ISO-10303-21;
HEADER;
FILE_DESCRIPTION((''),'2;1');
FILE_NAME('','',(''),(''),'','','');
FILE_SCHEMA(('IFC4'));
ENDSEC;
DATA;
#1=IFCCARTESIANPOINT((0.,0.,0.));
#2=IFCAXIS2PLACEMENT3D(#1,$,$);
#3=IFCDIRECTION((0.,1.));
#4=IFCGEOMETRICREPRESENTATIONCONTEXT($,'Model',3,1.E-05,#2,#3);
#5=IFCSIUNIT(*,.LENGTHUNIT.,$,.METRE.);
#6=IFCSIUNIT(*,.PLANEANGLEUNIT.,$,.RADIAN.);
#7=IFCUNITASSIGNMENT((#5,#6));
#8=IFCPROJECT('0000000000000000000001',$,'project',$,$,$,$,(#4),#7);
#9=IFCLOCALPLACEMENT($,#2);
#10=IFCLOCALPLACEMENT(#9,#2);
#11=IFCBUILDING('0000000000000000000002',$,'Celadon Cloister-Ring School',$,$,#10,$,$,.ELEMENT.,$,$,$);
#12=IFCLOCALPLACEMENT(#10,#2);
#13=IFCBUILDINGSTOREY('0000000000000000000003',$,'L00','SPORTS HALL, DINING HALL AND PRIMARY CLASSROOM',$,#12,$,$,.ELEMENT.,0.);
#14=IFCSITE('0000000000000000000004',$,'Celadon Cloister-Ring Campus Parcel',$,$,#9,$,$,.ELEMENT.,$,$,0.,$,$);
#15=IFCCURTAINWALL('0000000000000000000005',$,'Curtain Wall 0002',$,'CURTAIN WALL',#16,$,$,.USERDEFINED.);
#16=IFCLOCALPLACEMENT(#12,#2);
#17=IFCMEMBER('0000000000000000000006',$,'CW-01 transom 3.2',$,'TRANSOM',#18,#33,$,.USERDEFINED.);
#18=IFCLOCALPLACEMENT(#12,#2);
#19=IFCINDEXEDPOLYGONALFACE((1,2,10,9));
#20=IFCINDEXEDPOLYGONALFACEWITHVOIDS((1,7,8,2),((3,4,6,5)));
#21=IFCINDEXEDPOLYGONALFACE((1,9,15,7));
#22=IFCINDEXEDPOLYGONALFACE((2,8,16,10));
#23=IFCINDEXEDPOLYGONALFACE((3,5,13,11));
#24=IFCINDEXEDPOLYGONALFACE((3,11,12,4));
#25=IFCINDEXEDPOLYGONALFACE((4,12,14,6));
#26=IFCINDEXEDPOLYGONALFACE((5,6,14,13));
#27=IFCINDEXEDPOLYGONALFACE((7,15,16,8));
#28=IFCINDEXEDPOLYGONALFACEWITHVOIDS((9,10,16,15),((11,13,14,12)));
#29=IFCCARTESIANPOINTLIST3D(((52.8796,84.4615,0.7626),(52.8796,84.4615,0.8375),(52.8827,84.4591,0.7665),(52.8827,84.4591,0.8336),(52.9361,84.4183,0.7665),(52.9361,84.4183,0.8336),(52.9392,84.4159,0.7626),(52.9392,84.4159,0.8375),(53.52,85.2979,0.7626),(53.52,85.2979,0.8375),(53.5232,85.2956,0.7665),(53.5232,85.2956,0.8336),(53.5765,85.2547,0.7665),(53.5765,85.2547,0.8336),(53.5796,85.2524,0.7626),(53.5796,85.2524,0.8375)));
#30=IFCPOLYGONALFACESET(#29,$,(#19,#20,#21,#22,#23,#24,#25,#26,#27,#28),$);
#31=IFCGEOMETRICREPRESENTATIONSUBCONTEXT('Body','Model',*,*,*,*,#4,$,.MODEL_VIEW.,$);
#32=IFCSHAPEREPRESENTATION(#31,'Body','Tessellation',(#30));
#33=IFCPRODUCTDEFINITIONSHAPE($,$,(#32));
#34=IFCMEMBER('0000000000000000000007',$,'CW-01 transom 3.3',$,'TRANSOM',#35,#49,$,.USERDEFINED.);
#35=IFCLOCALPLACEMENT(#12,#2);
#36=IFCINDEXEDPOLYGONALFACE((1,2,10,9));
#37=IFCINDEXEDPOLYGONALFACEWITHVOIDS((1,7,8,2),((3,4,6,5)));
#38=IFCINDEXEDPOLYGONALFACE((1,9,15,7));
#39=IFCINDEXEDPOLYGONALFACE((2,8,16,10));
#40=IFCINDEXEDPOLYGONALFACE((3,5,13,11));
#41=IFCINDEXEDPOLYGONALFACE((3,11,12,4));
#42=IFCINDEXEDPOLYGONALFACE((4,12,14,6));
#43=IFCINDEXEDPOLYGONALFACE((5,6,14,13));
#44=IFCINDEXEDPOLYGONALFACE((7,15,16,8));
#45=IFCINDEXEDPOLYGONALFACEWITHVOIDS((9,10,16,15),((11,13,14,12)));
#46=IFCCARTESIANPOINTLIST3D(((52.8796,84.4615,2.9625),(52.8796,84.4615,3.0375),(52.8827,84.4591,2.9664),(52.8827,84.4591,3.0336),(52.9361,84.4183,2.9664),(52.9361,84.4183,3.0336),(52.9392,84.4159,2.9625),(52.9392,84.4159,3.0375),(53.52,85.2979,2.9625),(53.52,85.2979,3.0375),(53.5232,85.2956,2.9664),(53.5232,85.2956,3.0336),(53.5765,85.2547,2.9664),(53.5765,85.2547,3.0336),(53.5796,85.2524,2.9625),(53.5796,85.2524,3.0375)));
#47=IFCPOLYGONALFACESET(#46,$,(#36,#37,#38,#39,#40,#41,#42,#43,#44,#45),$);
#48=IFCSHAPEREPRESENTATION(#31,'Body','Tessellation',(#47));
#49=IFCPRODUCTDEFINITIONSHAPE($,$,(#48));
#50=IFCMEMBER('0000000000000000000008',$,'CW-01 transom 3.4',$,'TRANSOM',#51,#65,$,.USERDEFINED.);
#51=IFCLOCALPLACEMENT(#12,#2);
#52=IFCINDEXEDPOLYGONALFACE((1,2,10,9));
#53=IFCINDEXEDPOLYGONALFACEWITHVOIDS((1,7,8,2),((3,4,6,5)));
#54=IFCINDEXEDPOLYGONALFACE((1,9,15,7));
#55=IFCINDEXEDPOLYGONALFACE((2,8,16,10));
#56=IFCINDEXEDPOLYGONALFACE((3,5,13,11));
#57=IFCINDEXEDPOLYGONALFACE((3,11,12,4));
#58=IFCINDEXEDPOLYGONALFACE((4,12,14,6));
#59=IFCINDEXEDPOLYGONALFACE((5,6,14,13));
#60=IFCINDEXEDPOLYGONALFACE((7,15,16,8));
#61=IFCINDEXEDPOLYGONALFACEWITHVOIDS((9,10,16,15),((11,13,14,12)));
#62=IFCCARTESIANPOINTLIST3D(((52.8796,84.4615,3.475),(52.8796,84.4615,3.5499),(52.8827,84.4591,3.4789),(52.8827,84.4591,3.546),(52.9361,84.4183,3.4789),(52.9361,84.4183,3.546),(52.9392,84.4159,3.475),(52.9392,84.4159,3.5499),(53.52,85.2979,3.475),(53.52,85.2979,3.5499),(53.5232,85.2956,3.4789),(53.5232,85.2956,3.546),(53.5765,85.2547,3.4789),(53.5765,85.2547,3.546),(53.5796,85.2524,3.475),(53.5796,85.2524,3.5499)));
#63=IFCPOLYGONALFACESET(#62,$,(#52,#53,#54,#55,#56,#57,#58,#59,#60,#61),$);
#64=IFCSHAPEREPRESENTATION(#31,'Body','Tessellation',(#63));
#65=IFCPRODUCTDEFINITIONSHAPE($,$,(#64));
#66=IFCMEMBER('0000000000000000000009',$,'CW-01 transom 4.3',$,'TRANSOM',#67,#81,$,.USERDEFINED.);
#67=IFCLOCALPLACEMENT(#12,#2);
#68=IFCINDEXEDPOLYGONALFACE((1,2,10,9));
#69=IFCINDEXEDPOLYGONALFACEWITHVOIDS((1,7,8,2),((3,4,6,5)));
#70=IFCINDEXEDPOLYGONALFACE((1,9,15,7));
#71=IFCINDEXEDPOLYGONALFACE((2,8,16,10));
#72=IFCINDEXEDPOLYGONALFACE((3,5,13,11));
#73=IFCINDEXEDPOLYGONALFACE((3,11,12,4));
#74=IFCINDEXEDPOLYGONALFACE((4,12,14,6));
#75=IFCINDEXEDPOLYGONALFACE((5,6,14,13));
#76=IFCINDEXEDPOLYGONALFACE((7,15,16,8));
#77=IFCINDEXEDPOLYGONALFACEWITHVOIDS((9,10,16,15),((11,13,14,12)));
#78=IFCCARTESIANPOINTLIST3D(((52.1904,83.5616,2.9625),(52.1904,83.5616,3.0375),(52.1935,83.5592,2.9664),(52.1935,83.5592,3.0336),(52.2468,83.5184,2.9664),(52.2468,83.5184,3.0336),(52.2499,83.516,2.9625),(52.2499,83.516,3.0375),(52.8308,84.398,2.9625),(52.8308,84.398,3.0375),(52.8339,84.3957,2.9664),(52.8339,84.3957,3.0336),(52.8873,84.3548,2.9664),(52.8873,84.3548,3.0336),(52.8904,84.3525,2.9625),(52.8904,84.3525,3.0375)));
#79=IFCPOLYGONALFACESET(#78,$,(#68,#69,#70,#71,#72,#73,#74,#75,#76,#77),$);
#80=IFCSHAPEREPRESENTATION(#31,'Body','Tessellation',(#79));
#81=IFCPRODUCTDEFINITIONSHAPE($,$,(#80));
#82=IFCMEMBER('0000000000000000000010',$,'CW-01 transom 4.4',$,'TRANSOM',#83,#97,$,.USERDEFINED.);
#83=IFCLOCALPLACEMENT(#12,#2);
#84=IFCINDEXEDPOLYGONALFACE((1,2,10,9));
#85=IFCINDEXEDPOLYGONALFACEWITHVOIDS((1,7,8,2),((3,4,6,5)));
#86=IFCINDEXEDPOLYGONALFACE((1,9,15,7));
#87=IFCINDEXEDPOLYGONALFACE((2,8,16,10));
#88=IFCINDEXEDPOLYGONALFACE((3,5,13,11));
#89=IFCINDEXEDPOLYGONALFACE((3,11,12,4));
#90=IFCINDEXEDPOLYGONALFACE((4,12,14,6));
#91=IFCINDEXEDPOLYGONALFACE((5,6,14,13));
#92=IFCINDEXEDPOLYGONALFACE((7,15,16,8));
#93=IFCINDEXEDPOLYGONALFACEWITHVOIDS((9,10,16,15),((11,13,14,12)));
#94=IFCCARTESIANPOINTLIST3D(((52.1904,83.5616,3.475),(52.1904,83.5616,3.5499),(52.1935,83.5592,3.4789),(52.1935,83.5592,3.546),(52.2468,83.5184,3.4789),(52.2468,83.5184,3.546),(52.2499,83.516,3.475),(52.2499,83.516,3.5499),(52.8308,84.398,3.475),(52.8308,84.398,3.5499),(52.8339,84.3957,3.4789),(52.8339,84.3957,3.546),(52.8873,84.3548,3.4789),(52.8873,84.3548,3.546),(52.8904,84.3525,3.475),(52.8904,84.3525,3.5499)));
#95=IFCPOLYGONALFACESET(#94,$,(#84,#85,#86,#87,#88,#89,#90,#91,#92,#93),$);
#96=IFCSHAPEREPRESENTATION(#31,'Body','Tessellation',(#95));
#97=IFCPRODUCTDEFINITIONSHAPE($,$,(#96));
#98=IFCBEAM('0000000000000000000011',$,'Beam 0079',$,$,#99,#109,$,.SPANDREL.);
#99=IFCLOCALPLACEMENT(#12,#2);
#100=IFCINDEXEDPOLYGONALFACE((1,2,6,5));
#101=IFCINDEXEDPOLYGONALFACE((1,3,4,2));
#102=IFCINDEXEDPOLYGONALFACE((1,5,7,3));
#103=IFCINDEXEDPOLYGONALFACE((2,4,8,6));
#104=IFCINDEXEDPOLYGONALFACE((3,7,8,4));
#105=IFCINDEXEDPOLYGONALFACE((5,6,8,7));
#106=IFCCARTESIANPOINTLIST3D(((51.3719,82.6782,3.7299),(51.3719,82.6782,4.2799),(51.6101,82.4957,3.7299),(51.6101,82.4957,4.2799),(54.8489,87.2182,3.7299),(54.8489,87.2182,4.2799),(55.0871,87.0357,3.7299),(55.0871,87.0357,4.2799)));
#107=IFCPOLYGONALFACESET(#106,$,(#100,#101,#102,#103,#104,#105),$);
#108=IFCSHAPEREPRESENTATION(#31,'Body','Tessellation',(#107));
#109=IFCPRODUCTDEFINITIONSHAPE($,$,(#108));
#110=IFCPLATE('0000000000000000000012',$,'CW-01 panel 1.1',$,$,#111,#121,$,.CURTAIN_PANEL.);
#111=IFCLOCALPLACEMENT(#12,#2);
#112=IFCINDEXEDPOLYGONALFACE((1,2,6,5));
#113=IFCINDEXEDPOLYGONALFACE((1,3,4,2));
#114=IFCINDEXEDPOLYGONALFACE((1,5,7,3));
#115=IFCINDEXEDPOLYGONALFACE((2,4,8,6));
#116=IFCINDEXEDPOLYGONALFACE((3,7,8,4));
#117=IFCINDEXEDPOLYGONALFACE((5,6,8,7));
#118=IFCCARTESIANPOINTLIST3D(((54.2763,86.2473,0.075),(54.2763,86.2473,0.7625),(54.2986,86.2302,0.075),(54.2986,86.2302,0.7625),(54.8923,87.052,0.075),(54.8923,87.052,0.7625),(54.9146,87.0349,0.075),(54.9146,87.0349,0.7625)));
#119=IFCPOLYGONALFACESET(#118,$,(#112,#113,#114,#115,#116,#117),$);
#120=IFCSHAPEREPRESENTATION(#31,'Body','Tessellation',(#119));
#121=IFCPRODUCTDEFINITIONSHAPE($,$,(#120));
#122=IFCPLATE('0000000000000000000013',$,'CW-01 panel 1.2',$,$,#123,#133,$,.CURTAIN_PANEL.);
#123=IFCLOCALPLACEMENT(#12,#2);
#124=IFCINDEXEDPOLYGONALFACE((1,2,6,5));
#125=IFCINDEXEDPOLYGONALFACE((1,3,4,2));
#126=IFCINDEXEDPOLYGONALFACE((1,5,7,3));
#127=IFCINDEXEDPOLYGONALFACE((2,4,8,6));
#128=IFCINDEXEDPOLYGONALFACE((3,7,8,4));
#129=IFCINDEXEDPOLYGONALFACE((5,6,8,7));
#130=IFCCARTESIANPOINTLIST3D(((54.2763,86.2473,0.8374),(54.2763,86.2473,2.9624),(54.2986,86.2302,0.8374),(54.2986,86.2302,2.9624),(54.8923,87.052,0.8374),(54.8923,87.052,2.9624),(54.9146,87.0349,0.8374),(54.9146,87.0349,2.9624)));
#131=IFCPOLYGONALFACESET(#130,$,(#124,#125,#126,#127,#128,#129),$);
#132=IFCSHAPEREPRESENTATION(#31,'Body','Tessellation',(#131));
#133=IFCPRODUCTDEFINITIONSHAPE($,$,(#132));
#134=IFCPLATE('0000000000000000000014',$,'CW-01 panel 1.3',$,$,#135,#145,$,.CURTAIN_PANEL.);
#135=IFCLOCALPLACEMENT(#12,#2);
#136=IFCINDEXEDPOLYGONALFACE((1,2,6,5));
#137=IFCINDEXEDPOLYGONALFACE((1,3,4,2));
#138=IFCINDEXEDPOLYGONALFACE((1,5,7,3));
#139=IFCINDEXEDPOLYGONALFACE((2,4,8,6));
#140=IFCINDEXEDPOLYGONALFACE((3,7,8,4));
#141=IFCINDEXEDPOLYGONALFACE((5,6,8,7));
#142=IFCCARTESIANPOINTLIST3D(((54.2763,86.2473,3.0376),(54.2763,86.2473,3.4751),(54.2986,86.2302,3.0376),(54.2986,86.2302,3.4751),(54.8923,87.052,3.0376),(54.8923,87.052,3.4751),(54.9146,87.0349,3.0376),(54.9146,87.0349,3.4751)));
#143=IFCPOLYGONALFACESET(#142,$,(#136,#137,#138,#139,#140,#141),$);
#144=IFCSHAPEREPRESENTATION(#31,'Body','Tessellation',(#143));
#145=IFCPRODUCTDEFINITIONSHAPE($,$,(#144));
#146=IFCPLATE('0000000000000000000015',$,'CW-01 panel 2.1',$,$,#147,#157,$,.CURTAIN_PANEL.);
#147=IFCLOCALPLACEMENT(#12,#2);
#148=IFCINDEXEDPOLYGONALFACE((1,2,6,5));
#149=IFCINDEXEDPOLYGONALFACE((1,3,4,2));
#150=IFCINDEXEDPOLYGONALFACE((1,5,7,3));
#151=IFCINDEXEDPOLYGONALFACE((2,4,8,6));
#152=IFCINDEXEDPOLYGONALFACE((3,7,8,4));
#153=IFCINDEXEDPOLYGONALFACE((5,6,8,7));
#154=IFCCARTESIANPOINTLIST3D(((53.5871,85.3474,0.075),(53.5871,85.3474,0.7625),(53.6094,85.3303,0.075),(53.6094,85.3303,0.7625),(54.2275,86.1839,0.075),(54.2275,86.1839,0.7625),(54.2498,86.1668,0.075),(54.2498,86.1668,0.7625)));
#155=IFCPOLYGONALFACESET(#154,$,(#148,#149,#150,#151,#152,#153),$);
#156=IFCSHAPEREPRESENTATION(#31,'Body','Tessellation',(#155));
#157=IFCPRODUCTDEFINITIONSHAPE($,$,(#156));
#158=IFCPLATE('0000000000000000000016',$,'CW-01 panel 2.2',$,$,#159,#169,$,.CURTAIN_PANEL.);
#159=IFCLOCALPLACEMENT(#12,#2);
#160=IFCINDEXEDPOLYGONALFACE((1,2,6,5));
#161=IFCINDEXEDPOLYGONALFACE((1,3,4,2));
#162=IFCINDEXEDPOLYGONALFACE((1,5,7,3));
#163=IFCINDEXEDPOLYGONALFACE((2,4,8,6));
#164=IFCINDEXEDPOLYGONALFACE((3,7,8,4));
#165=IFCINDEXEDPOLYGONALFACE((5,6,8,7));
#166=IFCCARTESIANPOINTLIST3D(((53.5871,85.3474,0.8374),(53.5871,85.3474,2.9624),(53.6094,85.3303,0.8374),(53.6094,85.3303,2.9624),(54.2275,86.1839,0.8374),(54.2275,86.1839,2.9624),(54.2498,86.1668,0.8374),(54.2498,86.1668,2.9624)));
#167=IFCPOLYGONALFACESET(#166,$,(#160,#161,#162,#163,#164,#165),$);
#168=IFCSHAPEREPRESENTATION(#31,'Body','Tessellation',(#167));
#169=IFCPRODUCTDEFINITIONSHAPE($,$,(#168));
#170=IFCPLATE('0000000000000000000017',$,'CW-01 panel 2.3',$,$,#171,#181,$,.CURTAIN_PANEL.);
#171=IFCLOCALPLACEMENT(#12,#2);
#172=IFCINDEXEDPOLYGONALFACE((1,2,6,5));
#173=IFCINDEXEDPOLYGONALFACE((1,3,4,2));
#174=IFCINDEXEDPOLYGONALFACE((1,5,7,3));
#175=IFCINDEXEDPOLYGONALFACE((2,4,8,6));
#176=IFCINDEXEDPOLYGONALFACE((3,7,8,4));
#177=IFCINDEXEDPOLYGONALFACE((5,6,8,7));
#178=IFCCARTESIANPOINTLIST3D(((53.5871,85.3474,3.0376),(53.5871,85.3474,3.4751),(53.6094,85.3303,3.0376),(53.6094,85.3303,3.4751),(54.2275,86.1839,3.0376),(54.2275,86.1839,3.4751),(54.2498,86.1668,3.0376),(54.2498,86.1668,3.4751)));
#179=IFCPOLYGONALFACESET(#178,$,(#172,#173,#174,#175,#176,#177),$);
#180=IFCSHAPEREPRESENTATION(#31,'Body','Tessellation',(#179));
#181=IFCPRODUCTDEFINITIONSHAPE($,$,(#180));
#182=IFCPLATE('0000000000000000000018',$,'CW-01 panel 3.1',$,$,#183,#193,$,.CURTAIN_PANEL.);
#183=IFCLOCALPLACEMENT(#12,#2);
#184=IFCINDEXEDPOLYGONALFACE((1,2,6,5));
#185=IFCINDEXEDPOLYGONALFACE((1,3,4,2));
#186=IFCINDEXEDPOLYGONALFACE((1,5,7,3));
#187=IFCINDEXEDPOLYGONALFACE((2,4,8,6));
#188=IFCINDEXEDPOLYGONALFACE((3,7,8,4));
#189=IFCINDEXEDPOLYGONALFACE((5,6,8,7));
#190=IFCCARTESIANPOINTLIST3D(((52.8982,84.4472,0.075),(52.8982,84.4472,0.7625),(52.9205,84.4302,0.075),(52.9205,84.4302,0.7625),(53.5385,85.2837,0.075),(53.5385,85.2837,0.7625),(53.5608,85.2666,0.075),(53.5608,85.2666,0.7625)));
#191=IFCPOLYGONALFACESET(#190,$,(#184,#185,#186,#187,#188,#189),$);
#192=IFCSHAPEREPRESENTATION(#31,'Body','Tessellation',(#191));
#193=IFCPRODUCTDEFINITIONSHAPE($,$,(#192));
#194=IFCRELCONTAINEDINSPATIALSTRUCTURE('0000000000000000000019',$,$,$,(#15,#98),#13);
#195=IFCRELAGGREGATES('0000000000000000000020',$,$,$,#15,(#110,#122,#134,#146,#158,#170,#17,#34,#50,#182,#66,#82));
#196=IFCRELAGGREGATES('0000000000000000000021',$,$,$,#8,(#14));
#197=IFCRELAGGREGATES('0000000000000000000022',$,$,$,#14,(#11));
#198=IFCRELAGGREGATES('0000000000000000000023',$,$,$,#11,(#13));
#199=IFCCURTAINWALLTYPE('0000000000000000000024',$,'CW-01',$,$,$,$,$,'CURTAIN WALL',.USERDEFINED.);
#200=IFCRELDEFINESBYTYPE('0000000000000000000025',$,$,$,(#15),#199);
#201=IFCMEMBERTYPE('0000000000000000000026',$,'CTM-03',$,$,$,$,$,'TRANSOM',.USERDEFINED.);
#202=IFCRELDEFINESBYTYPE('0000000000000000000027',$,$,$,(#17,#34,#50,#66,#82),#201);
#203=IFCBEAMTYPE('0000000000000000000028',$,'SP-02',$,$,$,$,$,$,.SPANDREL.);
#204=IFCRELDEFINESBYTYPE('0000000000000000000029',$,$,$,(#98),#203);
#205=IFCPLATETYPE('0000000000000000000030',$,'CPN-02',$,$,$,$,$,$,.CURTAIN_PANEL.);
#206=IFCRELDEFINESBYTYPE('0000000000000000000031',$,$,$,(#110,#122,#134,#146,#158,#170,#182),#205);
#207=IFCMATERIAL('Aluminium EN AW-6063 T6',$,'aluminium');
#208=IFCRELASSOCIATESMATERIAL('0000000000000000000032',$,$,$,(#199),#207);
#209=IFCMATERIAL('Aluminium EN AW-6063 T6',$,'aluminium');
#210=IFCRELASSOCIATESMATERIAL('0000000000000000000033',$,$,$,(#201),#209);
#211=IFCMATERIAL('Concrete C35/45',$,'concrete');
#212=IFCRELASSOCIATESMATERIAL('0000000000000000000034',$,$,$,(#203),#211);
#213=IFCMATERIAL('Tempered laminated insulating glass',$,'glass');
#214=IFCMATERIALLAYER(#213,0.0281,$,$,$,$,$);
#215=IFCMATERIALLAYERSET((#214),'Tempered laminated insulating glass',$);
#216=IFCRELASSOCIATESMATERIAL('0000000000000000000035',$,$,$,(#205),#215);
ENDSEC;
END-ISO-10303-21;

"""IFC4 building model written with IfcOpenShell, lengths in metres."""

from ifc_helpers import new_model, si_unit, direction, frame, origin, origin_2d, place, context, subcontext, project, spatial, rectangle, hollow_rectangle, extrude, material, layer, layer_set, material_profile, profile_set, type_object, element, aggregate, save


model = new_model("IFC4")

# Units and contexts
model_context = context("Model", 3, precision=1e-05, world=origin(), true_north=direction((0.0, 1.0)))
body_context = subcontext(model_context, "Body", "Model", "MODEL_VIEW")
ifc_project = project(units=[si_unit("LENGTHUNIT", "METRE"), si_unit("PLANEANGLEUNIT", "RADIAN")], contexts=[model_context])

# Site, building, storey
site_placement = place(None, origin())
site = spatial("IfcSite", under=ifc_project, at=site_placement, Name="Celadon Cloister-Ring Campus Parcel", CompositionType="ELEMENT", RefElevation=0.0)
building_placement = place(site_placement, origin())
building = spatial("IfcBuilding", under=site, at=building_placement, Name="Celadon Cloister-Ring School", CompositionType="ELEMENT")
storey_placement = place(building_placement, origin())
storey = spatial("IfcBuildingStorey", under=building, at=storey_placement, Name="L00", Description="SPORTS HALL, DINING HALL AND PRIMARY CLASSROOM", CompositionType="ELEMENT", Elevation=0.0)

# Shared definitions
ifc_material_1 = material(Name="Aluminium EN AW-6063 T6", Category="aluminium")
curtain_wall_type = type_object("IfcCurtainWallType", Name="CW-01", ElementType="CURTAIN WALL", PredefinedType="USERDEFINED", material=ifc_material_1)

# Curtain wall, members
curtain_wall_1_placement = place(storey_placement, origin())
curtain_wall_1 = element("IfcCurtainWall", 1, at=curtain_wall_1_placement, inside=storey, type_object=curtain_wall_type, Name="Curtain Wall 0002", ObjectType="CURTAIN WALL", PredefinedType="USERDEFINED")
ifc_material_2 = material(Name="Aluminium EN AW-6063 T6", Category="aluminium")
ifc_material_profile_1 = material_profile(ifc_material_2, hollow_rectangle(XDim=0.075, YDim=0.075, WallThickness=0.0039, at=origin_2d()), Name="RHS75X75X4")
ifc_profile_set_1 = profile_set([ifc_material_profile_1], Name="Aluminium EN AW-6063 T6")
member_type_1 = type_object("IfcMemberType", Name="CTM-03", ElementType="TRANSOM", PredefinedType="USERDEFINED", material=ifc_profile_set_1)
member_1_placement = place(storey_placement, frame((53.5498, 85.2751, 0.8), z_axis=(-0.607906, -0.794009, 0.0), x_axis=(0.794009, -0.607906, 0.0)))
member_1 = element("IfcMember", 2, at=member_1_placement, type_object=member_type_1, Name="CW-01 transom 3.2", ObjectType="TRANSOM", PredefinedType="USERDEFINED", context=body_context, shape_type="SweptSolid", body=[
    extrude(hollow_rectangle(XDim=0.075, YDim=0.075, WallThickness=0.0039, at=origin_2d()), origin(), (0.0, 0.0, 1.0), 1.0535),
])
member_2_placement = place(storey_placement, frame((53.5498, 85.2751, 3.0), z_axis=(-0.607906, -0.794009, 0.0), x_axis=(0.794009, -0.607906, 0.0)))
member_2 = element("IfcMember", 3, at=member_2_placement, type_object=member_type_1, Name="CW-01 transom 3.3", ObjectType="TRANSOM", PredefinedType="USERDEFINED", context=body_context, shape_type="SweptSolid", body=[
    extrude(hollow_rectangle(XDim=0.075, YDim=0.075, WallThickness=0.0039, at=origin_2d()), origin(), (0.0, 0.0, 1.0), 1.0535),
])
member_3_placement = place(storey_placement, frame((53.5498, 85.2751, 3.5125), z_axis=(-0.607906, -0.794009, 0.0), x_axis=(0.794009, -0.607906, 0.0)))
member_3 = element("IfcMember", 4, at=member_3_placement, type_object=member_type_1, Name="CW-01 transom 3.4", ObjectType="TRANSOM", PredefinedType="USERDEFINED", context=body_context, shape_type="SweptSolid", body=[
    extrude(hollow_rectangle(XDim=0.075, YDim=0.075, WallThickness=0.0039, at=origin_2d()), origin(), (0.0, 0.0, 1.0), 1.0535),
])
member_4_placement = place(storey_placement, frame((52.8606, 84.3752, 3.0), z_axis=(-0.607906, -0.794009, 0.0), x_axis=(0.794009, -0.607906, 0.0)))
member_4 = element("IfcMember", 5, at=member_4_placement, type_object=member_type_1, Name="CW-01 transom 4.3", ObjectType="TRANSOM", PredefinedType="USERDEFINED", context=body_context, shape_type="SweptSolid", body=[
    extrude(hollow_rectangle(XDim=0.075, YDim=0.075, WallThickness=0.0039, at=origin_2d()), origin(), (0.0, 0.0, 1.0), 1.0535),
])
member_5_placement = place(storey_placement, frame((52.8606, 84.3752, 3.5125), z_axis=(-0.607906, -0.794009, 0.0), x_axis=(0.794009, -0.607906, 0.0)))
member_5 = element("IfcMember", 6, at=member_5_placement, type_object=member_type_1, Name="CW-01 transom 4.4", ObjectType="TRANSOM", PredefinedType="USERDEFINED", context=body_context, shape_type="SweptSolid", body=[
    extrude(hollow_rectangle(XDim=0.075, YDim=0.075, WallThickness=0.0039, at=origin_2d()), origin(), (0.0, 0.0, 1.0), 1.0535),
])

# Beam
ifc_material_3 = material(Name="Concrete C35/45", Category="concrete")
ifc_material_profile_2 = material_profile(ifc_material_3, rectangle(XDim=0.3, YDim=0.55, at=origin_2d()), Name="RC300X550")
ifc_profile_set_2 = profile_set([ifc_material_profile_2], Name="Concrete C35/45")
beam_type = type_object("IfcBeamType", Name="SP-02", PredefinedType="SPANDREL", material=ifc_profile_set_2)
beam_placement = place(storey_placement, frame((54.968, 87.127, 4.0049), z_axis=(-0.60803, -0.793914, 0.0), x_axis=(0.793914, -0.60803, 0.0)))
element("IfcBeam", 7, at=beam_placement, inside=storey, type_object=beam_type, Name="Beam 0079", PredefinedType="SPANDREL", context=body_context, shape_type="SweptSolid", body=[
    extrude(rectangle(XDim=0.3, YDim=0.55, at=origin_2d()), origin(), (0.0, 0.0, 1.0), 5.7185),
])

# Plates
ifc_material_4 = material(Name="Tempered laminated insulating glass", Category="glass")
ifc_layer = layer(ifc_material_4, 0.0281)
ifc_layer_set = layer_set([ifc_layer], Name="Tempered laminated insulating glass")
plate_type = type_object("IfcPlateType", Name="CPN-02", PredefinedType="CURTAIN_PANEL", material=ifc_layer_set)
plate_1_placement = place(storey_placement, frame((54.5955, 86.6411, 0.075), z_axis=(0.0, 0.0, 1.0), x_axis=(-0.607876, -0.794032, 0.0)))
plate_1 = element("IfcPlate", 8, at=plate_1_placement, type_object=plate_type, Name="CW-01 panel 1.1", PredefinedType="CURTAIN_PANEL", context=body_context, shape_type="SweptSolid", body=[
    extrude(rectangle(XDim=1.0134, YDim=0.0281, at=origin_2d()), origin(), (0.0, 0.0, 1.0), 0.6875),
])
plate_2_placement = place(storey_placement, frame((54.5955, 86.6411, 0.8374), z_axis=(0.0, 0.0, 1.0), x_axis=(-0.607876, -0.794032, 0.0)))
plate_2 = element("IfcPlate", 9, at=plate_2_placement, type_object=plate_type, Name="CW-01 panel 1.2", PredefinedType="CURTAIN_PANEL", context=body_context, shape_type="SweptSolid", body=[
    extrude(rectangle(XDim=1.0134, YDim=0.0281, at=origin_2d()), origin(), (0.0, 0.0, 1.0), 2.125),
])
plate_3_placement = place(storey_placement, frame((54.5955, 86.6411, 3.0376), z_axis=(0.0, 0.0, 1.0), x_axis=(-0.607876, -0.794032, 0.0)))
plate_3 = element("IfcPlate", 10, at=plate_3_placement, type_object=plate_type, Name="CW-01 panel 1.3", PredefinedType="CURTAIN_PANEL", context=body_context, shape_type="SweptSolid", body=[
    extrude(rectangle(XDim=1.0134, YDim=0.0281, at=origin_2d()), origin(), (0.0, 0.0, 1.0), 0.4375),
])
plate_4_placement = place(storey_placement, frame((53.9185, 85.7571, 0.075), z_axis=(0.0, 0.0, 1.0), x_axis=(-0.607876, -0.794032, 0.0)))
plate_4 = element("IfcPlate", 11, at=plate_4_placement, type_object=plate_type, Name="CW-01 panel 2.1", PredefinedType="CURTAIN_PANEL", context=body_context, shape_type="SweptSolid", body=[
    extrude(rectangle(XDim=1.0535, YDim=0.0281, at=origin_2d()), origin(), (0.0, 0.0, 1.0), 0.6875),
])
plate_5_placement = place(storey_placement, frame((53.9185, 85.7571, 0.8374), z_axis=(0.0, 0.0, 1.0), x_axis=(-0.607876, -0.794032, 0.0)))
plate_5 = element("IfcPlate", 12, at=plate_5_placement, type_object=plate_type, Name="CW-01 panel 2.2", PredefinedType="CURTAIN_PANEL", context=body_context, shape_type="SweptSolid", body=[
    extrude(rectangle(XDim=1.0535, YDim=0.0281, at=origin_2d()), origin(), (0.0, 0.0, 1.0), 2.125),
])
plate_6_placement = place(storey_placement, frame((53.9185, 85.7571, 3.0376), z_axis=(0.0, 0.0, 1.0), x_axis=(-0.607876, -0.794032, 0.0)))
plate_6 = element("IfcPlate", 13, at=plate_6_placement, type_object=plate_type, Name="CW-01 panel 2.3", PredefinedType="CURTAIN_PANEL", context=body_context, shape_type="SweptSolid", body=[
    extrude(rectangle(XDim=1.0535, YDim=0.0281, at=origin_2d()), origin(), (0.0, 0.0, 1.0), 0.4375),
])
plate_7_placement = place(storey_placement, frame((53.2295, 84.8569, 0.075), z_axis=(0.0, 0.0, 1.0), x_axis=(-0.607876, -0.794032, 0.0)))
plate_7 = element("IfcPlate", 14, at=plate_7_placement, type_object=plate_type, Name="CW-01 panel 3.1", PredefinedType="CURTAIN_PANEL", context=body_context, shape_type="SweptSolid", body=[
    extrude(rectangle(XDim=1.0535, YDim=0.0281, at=origin_2d()), origin(), (0.0, 0.0, 1.0), 0.6875),
])
aggregate(curtain_wall_1, [plate_1, plate_2, plate_3, plate_4, plate_5, plate_6, member_1, member_2, member_3, plate_7, member_4, member_5])

save(model, "model.ifc")
